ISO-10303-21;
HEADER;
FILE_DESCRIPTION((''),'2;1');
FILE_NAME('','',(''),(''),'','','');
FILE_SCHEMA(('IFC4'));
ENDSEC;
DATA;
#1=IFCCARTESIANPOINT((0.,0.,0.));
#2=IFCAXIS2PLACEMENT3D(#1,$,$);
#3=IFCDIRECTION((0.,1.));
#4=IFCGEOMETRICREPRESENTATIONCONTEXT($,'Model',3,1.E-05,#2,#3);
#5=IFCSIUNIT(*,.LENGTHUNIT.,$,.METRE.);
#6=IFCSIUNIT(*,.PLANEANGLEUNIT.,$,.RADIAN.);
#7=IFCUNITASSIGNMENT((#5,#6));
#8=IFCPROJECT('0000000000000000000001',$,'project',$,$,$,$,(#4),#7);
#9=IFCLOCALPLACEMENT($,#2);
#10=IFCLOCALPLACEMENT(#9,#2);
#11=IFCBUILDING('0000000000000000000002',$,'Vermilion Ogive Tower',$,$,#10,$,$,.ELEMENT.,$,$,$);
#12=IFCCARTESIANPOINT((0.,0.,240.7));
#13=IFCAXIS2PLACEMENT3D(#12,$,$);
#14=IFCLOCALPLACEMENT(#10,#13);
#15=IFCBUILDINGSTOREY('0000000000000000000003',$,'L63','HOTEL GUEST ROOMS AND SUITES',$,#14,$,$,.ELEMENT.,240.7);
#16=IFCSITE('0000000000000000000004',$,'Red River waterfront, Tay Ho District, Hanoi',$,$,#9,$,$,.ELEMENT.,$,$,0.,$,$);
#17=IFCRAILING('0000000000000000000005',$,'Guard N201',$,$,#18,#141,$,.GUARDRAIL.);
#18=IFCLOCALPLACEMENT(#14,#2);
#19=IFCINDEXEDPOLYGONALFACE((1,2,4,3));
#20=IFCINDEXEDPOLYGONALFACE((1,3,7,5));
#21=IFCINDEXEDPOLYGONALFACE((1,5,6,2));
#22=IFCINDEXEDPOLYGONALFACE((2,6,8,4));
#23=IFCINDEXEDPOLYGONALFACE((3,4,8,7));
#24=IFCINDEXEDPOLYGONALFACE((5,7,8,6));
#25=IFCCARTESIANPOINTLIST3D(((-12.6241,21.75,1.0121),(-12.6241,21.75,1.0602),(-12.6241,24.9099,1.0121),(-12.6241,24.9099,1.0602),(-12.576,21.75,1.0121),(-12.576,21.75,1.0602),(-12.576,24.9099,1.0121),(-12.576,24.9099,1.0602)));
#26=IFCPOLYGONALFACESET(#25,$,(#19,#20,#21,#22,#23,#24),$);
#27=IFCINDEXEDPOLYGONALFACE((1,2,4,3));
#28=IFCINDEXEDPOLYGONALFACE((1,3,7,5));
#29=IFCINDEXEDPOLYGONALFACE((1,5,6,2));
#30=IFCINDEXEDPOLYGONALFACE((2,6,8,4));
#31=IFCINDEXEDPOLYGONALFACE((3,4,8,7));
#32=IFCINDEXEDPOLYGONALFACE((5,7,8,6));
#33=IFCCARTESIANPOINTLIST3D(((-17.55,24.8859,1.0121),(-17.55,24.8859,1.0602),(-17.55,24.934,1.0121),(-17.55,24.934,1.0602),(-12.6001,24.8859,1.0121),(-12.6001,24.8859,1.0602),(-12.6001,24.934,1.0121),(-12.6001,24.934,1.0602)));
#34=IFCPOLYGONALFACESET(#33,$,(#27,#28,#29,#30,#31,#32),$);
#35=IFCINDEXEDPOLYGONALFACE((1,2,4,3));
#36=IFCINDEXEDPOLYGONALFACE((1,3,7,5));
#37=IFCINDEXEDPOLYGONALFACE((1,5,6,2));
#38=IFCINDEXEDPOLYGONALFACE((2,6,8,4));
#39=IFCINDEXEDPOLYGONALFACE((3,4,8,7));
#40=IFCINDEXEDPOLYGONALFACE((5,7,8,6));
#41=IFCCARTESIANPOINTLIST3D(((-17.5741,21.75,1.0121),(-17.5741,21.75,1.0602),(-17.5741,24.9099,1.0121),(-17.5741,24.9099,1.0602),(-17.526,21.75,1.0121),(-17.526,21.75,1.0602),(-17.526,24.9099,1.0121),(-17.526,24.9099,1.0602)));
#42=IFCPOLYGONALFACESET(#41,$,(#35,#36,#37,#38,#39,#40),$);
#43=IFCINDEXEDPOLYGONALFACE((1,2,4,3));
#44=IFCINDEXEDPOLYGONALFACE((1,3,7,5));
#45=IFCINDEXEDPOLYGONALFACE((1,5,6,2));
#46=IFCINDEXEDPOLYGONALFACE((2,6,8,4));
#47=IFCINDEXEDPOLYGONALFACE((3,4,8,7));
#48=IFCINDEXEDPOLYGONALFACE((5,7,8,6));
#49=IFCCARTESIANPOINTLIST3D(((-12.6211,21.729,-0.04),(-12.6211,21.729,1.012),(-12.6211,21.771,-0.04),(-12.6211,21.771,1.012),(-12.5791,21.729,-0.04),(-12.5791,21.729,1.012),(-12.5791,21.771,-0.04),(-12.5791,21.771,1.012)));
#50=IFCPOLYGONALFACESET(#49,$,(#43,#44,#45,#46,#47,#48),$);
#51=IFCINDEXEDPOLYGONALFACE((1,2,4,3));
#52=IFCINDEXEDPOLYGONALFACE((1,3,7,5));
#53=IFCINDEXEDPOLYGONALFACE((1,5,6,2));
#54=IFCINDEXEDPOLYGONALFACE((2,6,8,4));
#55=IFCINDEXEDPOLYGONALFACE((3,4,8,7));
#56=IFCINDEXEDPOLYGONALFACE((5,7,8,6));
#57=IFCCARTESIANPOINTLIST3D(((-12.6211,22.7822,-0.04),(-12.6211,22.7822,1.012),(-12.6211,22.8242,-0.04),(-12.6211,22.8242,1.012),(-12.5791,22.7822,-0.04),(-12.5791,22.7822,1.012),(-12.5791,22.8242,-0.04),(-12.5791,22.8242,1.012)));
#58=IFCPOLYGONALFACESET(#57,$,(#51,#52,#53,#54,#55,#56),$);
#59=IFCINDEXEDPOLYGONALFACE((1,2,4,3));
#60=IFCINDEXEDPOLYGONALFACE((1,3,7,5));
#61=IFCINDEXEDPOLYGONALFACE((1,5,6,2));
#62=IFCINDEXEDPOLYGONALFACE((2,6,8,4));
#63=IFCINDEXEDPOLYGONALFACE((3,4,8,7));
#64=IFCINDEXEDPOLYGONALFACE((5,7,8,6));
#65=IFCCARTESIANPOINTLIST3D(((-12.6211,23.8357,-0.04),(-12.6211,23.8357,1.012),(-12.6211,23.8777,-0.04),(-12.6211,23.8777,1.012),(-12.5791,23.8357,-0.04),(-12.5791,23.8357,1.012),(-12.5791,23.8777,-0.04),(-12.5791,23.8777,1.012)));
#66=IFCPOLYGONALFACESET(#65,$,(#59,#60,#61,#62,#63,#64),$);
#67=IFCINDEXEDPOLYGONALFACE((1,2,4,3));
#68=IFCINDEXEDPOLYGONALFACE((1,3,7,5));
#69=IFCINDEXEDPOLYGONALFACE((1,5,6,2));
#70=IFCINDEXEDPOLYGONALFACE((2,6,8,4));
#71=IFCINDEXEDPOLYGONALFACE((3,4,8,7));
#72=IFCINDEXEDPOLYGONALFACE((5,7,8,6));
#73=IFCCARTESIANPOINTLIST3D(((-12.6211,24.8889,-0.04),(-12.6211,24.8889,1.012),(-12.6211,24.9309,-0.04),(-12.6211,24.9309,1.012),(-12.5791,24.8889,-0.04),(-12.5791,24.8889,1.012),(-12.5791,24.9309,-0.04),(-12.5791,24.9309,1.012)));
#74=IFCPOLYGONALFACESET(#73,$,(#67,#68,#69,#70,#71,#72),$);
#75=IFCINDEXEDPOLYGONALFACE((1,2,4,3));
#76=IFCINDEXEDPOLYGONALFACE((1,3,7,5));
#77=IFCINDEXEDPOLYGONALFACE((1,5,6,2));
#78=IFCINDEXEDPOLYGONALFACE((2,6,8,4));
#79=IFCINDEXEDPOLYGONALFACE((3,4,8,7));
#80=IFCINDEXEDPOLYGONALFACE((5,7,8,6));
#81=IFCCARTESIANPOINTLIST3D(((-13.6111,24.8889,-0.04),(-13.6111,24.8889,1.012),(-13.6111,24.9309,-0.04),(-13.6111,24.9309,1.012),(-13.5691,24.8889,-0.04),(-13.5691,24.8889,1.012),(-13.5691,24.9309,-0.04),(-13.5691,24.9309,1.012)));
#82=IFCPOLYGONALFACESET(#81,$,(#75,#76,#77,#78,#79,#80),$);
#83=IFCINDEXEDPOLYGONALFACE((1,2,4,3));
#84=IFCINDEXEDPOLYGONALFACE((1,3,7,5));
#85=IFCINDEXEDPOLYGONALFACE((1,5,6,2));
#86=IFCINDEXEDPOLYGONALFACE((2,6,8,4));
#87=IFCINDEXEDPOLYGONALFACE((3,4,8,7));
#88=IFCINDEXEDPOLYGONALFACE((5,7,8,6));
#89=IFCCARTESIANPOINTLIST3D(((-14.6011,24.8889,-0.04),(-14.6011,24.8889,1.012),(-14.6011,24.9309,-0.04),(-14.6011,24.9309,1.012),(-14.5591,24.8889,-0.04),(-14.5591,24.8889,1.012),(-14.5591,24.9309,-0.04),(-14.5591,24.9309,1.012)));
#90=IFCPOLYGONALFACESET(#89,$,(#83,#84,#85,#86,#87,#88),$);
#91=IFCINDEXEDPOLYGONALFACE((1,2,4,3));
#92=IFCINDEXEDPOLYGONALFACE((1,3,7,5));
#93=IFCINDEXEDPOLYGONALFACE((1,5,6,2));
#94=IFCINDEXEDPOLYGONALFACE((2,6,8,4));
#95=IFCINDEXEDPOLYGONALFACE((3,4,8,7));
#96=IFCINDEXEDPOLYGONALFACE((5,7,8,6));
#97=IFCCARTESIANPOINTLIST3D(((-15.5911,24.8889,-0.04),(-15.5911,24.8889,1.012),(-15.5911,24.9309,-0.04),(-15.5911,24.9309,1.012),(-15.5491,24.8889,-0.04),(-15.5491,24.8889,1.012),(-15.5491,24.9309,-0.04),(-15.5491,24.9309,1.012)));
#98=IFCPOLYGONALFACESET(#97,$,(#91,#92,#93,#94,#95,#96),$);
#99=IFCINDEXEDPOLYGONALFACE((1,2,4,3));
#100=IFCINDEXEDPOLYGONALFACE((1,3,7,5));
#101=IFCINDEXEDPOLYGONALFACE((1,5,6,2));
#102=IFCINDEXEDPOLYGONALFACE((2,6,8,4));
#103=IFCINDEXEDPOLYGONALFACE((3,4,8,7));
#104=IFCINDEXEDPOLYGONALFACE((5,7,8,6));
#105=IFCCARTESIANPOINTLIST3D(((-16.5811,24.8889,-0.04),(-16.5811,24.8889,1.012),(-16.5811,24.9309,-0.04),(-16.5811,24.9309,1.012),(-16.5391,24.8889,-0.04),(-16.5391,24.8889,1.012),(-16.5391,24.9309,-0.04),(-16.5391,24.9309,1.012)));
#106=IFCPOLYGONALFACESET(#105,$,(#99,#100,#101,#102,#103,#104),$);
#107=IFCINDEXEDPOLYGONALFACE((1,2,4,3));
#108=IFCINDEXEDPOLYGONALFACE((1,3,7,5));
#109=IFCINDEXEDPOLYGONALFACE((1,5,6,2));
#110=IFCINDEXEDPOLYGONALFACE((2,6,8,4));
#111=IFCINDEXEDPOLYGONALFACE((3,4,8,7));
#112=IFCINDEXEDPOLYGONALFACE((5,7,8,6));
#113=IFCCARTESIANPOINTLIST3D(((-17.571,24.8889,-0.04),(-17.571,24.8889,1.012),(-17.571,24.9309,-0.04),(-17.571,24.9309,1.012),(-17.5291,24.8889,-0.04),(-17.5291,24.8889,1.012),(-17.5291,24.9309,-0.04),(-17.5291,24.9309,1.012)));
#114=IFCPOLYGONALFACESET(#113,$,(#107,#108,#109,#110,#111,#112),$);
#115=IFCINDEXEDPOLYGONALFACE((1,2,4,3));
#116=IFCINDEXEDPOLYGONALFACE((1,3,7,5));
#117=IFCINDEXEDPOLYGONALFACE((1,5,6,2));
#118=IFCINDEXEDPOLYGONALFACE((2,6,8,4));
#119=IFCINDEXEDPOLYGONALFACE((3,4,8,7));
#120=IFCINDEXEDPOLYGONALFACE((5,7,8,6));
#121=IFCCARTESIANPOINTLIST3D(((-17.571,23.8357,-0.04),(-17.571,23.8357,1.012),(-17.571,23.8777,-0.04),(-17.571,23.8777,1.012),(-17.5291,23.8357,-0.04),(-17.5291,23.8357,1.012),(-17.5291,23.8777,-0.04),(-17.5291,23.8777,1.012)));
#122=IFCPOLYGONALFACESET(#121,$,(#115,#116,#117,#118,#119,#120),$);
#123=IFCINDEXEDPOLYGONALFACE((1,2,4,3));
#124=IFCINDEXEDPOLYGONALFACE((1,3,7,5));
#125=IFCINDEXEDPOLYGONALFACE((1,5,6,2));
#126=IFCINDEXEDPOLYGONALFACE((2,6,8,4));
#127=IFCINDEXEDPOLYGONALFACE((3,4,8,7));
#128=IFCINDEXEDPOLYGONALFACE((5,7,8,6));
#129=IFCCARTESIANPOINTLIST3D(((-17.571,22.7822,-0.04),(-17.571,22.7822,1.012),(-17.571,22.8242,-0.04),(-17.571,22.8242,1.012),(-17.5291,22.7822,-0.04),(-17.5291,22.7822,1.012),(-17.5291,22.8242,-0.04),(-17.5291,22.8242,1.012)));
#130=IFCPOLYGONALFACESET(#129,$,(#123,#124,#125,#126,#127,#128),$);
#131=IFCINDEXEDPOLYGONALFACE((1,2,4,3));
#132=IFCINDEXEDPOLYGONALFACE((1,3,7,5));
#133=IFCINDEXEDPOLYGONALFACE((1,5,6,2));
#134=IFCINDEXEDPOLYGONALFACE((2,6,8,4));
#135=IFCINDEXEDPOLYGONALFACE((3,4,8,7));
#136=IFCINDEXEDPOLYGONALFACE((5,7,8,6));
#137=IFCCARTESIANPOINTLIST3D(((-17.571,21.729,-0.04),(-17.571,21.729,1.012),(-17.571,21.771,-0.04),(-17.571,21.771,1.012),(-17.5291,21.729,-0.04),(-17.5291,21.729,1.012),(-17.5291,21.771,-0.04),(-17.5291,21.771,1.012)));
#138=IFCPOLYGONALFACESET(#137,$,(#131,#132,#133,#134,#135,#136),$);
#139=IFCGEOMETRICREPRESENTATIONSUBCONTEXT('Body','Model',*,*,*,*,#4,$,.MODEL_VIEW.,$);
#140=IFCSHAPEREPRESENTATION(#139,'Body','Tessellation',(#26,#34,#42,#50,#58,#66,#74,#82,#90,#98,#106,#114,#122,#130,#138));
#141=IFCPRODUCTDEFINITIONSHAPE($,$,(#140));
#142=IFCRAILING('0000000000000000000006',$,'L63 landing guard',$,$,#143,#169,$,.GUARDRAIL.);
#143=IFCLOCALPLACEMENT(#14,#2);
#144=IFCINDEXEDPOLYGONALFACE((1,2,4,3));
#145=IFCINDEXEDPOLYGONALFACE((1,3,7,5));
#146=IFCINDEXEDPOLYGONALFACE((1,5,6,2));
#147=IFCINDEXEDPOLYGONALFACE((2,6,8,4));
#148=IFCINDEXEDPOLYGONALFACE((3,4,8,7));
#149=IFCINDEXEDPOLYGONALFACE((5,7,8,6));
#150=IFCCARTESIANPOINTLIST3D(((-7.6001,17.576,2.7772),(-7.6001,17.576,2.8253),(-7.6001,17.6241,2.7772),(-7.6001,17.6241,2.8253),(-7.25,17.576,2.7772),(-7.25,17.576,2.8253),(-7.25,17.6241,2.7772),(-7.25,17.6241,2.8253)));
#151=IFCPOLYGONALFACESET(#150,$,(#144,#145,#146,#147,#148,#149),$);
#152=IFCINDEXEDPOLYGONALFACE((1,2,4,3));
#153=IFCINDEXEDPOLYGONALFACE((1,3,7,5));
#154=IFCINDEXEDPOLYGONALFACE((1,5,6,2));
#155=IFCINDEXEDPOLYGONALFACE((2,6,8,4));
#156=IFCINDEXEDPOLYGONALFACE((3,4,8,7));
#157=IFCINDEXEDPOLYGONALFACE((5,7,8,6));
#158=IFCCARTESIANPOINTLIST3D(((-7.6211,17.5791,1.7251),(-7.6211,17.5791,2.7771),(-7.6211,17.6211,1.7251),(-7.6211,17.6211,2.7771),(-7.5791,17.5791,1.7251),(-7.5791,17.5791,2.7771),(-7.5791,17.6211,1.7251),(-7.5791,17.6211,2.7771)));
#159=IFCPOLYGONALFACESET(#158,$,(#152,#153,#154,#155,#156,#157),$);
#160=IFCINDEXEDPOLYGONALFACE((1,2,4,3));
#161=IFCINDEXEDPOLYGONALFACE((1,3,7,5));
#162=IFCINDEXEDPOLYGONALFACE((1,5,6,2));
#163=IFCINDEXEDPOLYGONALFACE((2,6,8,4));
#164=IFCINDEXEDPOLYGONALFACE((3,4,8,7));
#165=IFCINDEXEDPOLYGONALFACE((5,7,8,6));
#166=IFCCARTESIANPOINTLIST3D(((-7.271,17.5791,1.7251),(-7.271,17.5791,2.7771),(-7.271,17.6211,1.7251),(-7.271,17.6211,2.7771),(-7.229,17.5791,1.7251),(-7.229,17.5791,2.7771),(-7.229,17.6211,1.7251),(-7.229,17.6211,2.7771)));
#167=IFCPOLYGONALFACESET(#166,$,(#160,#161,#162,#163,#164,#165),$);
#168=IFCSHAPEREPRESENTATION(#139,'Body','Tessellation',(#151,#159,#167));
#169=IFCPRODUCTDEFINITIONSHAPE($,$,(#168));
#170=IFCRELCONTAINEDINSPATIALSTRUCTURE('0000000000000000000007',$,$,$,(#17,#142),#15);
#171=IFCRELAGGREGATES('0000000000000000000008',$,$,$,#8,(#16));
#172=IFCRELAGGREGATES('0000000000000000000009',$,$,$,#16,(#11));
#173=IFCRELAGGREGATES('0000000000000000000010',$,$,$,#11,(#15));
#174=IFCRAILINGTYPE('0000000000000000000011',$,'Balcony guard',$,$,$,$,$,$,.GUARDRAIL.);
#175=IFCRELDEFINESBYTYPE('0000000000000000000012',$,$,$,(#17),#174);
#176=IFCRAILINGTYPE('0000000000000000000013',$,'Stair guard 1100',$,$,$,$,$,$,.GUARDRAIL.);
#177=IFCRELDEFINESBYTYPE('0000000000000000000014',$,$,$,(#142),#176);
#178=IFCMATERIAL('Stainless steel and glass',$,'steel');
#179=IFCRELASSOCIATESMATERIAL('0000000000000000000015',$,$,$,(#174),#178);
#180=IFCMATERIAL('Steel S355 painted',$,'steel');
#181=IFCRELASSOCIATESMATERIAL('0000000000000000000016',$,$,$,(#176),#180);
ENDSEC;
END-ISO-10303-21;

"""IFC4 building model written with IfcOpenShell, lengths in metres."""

from ifc_helpers import new_model, si_unit, direction, frame, origin, origin_2d, place, context, subcontext, project, spatial, rectangle, extrude, material, type_object, element, save


model = new_model("IFC4")

# Units and contexts
model_context = context("Model", 3, precision=1e-05, world=origin(), true_north=direction((0.0, 1.0)))
body_context = subcontext(model_context, "Body", "Model", "MODEL_VIEW")
ifc_project = project(units=[si_unit("LENGTHUNIT", "METRE"), si_unit("PLANEANGLEUNIT", "RADIAN")], contexts=[model_context])

# Site, building, storey
site_placement = place(None, origin())
site = spatial("IfcSite", under=ifc_project, at=site_placement, Name="Red River waterfront, Tay Ho District, Hanoi", CompositionType="ELEMENT", RefElevation=0.0)
building_placement = place(site_placement, origin())
building = spatial("IfcBuilding", under=site, at=building_placement, Name="Vermilion Ogive Tower", CompositionType="ELEMENT")
storey_placement = place(building_placement, frame((0.0, 0.0, 240.7)))
storey = spatial("IfcBuildingStorey", under=building, at=storey_placement, Name="L63", Description="HOTEL GUEST ROOMS AND SUITES", CompositionType="ELEMENT", Elevation=240.7)

# Railings
ifc_material_1 = material(Name="Stainless steel and glass", Category="steel")
railing_type_1 = type_object("IfcRailingType", Name="Balcony guard", PredefinedType="GUARDRAIL", material=ifc_material_1)
railing_1_placement = place(storey_placement, frame((-12.6001, 21.75, -0.04)))
element("IfcRailing", 1, at=railing_1_placement, inside=storey, type_object=railing_type_1, Name="Guard N201", PredefinedType="GUARDRAIL", context=body_context, shape_type="SweptSolid", body=[
    extrude(rectangle(XDim=0.0481, YDim=0.0481, at=origin_2d()), frame((0.0, 0.0, 1.0762), z_axis=(0.0, 1.0, 0.0), x_axis=(-1.0, 0.0, 0.0)), (0.0, 0.0, 1.0), 3.1599),
    extrude(rectangle(XDim=0.0481, YDim=0.0481, at=origin_2d()), frame((0.0, 3.1599, 1.0762), z_axis=(-1.0, 0.0, 0.0), x_axis=(0.0, -1.0, 0.0)), (0.0, 0.0, 1.0), 4.95),
    extrude(rectangle(XDim=0.0481, YDim=0.0481, at=origin_2d()), frame((-4.95, 3.1599, 1.0762), z_axis=(0.0, -1.0, 0.0), x_axis=(1.0, 0.0, 0.0)), (0.0, 0.0, 1.0), 3.1599),
    extrude(rectangle(XDim=0.042, YDim=0.042, at=origin_2d()), origin(), (0.0, 0.0, 1.0), 1.052),
    extrude(rectangle(XDim=0.042, YDim=0.042, at=origin_2d()), frame((0.0, 1.0532, 0.0)), (0.0, 0.0, 1.0), 1.052),
    extrude(rectangle(XDim=0.042, YDim=0.042, at=origin_2d()), frame((0.0, 2.1067, 0.0)), (0.0, 0.0, 1.0), 1.052),
    extrude(rectangle(XDim=0.042, YDim=0.042, at=origin_2d()), frame((0.0, 3.1599, 0.0)), (0.0, 0.0, 1.0), 1.052),
    extrude(rectangle(XDim=0.042, YDim=0.042, at=origin_2d()), frame((-0.99, 3.1599, 0.0)), (0.0, 0.0, 1.0), 1.052),
    extrude(rectangle(XDim=0.042, YDim=0.042, at=origin_2d()), frame((-1.98, 3.1599, 0.0)), (0.0, 0.0, 1.0), 1.052),
    extrude(rectangle(XDim=0.042, YDim=0.042, at=origin_2d()), frame((-2.97, 3.1599, 0.0)), (0.0, 0.0, 1.0), 1.052),
    extrude(rectangle(XDim=0.042, YDim=0.042, at=origin_2d()), frame((-3.96, 3.1599, 0.0)), (0.0, 0.0, 1.0), 1.052),
    extrude(rectangle(XDim=0.042, YDim=0.042, at=origin_2d()), frame((-4.95, 3.1599, 0.0)), (0.0, 0.0, 1.0), 1.052),
    extrude(rectangle(XDim=0.042, YDim=0.042, at=origin_2d()), frame((-4.95, 2.1067, 0.0)), (0.0, 0.0, 1.0), 1.052),
    extrude(rectangle(XDim=0.042, YDim=0.042, at=origin_2d()), frame((-4.95, 1.0532, 0.0)), (0.0, 0.0, 1.0), 1.052),
    extrude(rectangle(XDim=0.042, YDim=0.042, at=origin_2d()), frame((-4.95, 0.0, 0.0)), (0.0, 0.0, 1.0), 1.052),
])
ifc_material_2 = material(Name="Steel S355 painted", Category="steel")
railing_type_2 = type_object("IfcRailingType", Name="Stair guard 1100", PredefinedType="GUARDRAIL", material=ifc_material_2)
railing_2_placement = place(storey_placement, frame((-7.6001, 17.6001, 1.7251)))
element("IfcRailing", 2, at=railing_2_placement, inside=storey, type_object=railing_type_2, Name="L63 landing guard", PredefinedType="GUARDRAIL", context=body_context, shape_type="SweptSolid", body=[
    extrude(rectangle(XDim=0.0481, YDim=0.0481, at=origin_2d()), frame((0.0, 0.0, 1.0762), z_axis=(1.0, 0.0, 0.0), x_axis=(0.0, 1.0, 0.0)), (0.0, 0.0, 1.0), 0.3501),
    extrude(rectangle(XDim=0.042, YDim=0.042, at=origin_2d()), origin(), (0.0, 0.0, 1.0), 1.052),
    extrude(rectangle(XDim=0.042, YDim=0.042, at=origin_2d()), frame((0.3501, 0.0, 0.0)), (0.0, 0.0, 1.0), 1.052),
])

save(model, "model.ifc")
